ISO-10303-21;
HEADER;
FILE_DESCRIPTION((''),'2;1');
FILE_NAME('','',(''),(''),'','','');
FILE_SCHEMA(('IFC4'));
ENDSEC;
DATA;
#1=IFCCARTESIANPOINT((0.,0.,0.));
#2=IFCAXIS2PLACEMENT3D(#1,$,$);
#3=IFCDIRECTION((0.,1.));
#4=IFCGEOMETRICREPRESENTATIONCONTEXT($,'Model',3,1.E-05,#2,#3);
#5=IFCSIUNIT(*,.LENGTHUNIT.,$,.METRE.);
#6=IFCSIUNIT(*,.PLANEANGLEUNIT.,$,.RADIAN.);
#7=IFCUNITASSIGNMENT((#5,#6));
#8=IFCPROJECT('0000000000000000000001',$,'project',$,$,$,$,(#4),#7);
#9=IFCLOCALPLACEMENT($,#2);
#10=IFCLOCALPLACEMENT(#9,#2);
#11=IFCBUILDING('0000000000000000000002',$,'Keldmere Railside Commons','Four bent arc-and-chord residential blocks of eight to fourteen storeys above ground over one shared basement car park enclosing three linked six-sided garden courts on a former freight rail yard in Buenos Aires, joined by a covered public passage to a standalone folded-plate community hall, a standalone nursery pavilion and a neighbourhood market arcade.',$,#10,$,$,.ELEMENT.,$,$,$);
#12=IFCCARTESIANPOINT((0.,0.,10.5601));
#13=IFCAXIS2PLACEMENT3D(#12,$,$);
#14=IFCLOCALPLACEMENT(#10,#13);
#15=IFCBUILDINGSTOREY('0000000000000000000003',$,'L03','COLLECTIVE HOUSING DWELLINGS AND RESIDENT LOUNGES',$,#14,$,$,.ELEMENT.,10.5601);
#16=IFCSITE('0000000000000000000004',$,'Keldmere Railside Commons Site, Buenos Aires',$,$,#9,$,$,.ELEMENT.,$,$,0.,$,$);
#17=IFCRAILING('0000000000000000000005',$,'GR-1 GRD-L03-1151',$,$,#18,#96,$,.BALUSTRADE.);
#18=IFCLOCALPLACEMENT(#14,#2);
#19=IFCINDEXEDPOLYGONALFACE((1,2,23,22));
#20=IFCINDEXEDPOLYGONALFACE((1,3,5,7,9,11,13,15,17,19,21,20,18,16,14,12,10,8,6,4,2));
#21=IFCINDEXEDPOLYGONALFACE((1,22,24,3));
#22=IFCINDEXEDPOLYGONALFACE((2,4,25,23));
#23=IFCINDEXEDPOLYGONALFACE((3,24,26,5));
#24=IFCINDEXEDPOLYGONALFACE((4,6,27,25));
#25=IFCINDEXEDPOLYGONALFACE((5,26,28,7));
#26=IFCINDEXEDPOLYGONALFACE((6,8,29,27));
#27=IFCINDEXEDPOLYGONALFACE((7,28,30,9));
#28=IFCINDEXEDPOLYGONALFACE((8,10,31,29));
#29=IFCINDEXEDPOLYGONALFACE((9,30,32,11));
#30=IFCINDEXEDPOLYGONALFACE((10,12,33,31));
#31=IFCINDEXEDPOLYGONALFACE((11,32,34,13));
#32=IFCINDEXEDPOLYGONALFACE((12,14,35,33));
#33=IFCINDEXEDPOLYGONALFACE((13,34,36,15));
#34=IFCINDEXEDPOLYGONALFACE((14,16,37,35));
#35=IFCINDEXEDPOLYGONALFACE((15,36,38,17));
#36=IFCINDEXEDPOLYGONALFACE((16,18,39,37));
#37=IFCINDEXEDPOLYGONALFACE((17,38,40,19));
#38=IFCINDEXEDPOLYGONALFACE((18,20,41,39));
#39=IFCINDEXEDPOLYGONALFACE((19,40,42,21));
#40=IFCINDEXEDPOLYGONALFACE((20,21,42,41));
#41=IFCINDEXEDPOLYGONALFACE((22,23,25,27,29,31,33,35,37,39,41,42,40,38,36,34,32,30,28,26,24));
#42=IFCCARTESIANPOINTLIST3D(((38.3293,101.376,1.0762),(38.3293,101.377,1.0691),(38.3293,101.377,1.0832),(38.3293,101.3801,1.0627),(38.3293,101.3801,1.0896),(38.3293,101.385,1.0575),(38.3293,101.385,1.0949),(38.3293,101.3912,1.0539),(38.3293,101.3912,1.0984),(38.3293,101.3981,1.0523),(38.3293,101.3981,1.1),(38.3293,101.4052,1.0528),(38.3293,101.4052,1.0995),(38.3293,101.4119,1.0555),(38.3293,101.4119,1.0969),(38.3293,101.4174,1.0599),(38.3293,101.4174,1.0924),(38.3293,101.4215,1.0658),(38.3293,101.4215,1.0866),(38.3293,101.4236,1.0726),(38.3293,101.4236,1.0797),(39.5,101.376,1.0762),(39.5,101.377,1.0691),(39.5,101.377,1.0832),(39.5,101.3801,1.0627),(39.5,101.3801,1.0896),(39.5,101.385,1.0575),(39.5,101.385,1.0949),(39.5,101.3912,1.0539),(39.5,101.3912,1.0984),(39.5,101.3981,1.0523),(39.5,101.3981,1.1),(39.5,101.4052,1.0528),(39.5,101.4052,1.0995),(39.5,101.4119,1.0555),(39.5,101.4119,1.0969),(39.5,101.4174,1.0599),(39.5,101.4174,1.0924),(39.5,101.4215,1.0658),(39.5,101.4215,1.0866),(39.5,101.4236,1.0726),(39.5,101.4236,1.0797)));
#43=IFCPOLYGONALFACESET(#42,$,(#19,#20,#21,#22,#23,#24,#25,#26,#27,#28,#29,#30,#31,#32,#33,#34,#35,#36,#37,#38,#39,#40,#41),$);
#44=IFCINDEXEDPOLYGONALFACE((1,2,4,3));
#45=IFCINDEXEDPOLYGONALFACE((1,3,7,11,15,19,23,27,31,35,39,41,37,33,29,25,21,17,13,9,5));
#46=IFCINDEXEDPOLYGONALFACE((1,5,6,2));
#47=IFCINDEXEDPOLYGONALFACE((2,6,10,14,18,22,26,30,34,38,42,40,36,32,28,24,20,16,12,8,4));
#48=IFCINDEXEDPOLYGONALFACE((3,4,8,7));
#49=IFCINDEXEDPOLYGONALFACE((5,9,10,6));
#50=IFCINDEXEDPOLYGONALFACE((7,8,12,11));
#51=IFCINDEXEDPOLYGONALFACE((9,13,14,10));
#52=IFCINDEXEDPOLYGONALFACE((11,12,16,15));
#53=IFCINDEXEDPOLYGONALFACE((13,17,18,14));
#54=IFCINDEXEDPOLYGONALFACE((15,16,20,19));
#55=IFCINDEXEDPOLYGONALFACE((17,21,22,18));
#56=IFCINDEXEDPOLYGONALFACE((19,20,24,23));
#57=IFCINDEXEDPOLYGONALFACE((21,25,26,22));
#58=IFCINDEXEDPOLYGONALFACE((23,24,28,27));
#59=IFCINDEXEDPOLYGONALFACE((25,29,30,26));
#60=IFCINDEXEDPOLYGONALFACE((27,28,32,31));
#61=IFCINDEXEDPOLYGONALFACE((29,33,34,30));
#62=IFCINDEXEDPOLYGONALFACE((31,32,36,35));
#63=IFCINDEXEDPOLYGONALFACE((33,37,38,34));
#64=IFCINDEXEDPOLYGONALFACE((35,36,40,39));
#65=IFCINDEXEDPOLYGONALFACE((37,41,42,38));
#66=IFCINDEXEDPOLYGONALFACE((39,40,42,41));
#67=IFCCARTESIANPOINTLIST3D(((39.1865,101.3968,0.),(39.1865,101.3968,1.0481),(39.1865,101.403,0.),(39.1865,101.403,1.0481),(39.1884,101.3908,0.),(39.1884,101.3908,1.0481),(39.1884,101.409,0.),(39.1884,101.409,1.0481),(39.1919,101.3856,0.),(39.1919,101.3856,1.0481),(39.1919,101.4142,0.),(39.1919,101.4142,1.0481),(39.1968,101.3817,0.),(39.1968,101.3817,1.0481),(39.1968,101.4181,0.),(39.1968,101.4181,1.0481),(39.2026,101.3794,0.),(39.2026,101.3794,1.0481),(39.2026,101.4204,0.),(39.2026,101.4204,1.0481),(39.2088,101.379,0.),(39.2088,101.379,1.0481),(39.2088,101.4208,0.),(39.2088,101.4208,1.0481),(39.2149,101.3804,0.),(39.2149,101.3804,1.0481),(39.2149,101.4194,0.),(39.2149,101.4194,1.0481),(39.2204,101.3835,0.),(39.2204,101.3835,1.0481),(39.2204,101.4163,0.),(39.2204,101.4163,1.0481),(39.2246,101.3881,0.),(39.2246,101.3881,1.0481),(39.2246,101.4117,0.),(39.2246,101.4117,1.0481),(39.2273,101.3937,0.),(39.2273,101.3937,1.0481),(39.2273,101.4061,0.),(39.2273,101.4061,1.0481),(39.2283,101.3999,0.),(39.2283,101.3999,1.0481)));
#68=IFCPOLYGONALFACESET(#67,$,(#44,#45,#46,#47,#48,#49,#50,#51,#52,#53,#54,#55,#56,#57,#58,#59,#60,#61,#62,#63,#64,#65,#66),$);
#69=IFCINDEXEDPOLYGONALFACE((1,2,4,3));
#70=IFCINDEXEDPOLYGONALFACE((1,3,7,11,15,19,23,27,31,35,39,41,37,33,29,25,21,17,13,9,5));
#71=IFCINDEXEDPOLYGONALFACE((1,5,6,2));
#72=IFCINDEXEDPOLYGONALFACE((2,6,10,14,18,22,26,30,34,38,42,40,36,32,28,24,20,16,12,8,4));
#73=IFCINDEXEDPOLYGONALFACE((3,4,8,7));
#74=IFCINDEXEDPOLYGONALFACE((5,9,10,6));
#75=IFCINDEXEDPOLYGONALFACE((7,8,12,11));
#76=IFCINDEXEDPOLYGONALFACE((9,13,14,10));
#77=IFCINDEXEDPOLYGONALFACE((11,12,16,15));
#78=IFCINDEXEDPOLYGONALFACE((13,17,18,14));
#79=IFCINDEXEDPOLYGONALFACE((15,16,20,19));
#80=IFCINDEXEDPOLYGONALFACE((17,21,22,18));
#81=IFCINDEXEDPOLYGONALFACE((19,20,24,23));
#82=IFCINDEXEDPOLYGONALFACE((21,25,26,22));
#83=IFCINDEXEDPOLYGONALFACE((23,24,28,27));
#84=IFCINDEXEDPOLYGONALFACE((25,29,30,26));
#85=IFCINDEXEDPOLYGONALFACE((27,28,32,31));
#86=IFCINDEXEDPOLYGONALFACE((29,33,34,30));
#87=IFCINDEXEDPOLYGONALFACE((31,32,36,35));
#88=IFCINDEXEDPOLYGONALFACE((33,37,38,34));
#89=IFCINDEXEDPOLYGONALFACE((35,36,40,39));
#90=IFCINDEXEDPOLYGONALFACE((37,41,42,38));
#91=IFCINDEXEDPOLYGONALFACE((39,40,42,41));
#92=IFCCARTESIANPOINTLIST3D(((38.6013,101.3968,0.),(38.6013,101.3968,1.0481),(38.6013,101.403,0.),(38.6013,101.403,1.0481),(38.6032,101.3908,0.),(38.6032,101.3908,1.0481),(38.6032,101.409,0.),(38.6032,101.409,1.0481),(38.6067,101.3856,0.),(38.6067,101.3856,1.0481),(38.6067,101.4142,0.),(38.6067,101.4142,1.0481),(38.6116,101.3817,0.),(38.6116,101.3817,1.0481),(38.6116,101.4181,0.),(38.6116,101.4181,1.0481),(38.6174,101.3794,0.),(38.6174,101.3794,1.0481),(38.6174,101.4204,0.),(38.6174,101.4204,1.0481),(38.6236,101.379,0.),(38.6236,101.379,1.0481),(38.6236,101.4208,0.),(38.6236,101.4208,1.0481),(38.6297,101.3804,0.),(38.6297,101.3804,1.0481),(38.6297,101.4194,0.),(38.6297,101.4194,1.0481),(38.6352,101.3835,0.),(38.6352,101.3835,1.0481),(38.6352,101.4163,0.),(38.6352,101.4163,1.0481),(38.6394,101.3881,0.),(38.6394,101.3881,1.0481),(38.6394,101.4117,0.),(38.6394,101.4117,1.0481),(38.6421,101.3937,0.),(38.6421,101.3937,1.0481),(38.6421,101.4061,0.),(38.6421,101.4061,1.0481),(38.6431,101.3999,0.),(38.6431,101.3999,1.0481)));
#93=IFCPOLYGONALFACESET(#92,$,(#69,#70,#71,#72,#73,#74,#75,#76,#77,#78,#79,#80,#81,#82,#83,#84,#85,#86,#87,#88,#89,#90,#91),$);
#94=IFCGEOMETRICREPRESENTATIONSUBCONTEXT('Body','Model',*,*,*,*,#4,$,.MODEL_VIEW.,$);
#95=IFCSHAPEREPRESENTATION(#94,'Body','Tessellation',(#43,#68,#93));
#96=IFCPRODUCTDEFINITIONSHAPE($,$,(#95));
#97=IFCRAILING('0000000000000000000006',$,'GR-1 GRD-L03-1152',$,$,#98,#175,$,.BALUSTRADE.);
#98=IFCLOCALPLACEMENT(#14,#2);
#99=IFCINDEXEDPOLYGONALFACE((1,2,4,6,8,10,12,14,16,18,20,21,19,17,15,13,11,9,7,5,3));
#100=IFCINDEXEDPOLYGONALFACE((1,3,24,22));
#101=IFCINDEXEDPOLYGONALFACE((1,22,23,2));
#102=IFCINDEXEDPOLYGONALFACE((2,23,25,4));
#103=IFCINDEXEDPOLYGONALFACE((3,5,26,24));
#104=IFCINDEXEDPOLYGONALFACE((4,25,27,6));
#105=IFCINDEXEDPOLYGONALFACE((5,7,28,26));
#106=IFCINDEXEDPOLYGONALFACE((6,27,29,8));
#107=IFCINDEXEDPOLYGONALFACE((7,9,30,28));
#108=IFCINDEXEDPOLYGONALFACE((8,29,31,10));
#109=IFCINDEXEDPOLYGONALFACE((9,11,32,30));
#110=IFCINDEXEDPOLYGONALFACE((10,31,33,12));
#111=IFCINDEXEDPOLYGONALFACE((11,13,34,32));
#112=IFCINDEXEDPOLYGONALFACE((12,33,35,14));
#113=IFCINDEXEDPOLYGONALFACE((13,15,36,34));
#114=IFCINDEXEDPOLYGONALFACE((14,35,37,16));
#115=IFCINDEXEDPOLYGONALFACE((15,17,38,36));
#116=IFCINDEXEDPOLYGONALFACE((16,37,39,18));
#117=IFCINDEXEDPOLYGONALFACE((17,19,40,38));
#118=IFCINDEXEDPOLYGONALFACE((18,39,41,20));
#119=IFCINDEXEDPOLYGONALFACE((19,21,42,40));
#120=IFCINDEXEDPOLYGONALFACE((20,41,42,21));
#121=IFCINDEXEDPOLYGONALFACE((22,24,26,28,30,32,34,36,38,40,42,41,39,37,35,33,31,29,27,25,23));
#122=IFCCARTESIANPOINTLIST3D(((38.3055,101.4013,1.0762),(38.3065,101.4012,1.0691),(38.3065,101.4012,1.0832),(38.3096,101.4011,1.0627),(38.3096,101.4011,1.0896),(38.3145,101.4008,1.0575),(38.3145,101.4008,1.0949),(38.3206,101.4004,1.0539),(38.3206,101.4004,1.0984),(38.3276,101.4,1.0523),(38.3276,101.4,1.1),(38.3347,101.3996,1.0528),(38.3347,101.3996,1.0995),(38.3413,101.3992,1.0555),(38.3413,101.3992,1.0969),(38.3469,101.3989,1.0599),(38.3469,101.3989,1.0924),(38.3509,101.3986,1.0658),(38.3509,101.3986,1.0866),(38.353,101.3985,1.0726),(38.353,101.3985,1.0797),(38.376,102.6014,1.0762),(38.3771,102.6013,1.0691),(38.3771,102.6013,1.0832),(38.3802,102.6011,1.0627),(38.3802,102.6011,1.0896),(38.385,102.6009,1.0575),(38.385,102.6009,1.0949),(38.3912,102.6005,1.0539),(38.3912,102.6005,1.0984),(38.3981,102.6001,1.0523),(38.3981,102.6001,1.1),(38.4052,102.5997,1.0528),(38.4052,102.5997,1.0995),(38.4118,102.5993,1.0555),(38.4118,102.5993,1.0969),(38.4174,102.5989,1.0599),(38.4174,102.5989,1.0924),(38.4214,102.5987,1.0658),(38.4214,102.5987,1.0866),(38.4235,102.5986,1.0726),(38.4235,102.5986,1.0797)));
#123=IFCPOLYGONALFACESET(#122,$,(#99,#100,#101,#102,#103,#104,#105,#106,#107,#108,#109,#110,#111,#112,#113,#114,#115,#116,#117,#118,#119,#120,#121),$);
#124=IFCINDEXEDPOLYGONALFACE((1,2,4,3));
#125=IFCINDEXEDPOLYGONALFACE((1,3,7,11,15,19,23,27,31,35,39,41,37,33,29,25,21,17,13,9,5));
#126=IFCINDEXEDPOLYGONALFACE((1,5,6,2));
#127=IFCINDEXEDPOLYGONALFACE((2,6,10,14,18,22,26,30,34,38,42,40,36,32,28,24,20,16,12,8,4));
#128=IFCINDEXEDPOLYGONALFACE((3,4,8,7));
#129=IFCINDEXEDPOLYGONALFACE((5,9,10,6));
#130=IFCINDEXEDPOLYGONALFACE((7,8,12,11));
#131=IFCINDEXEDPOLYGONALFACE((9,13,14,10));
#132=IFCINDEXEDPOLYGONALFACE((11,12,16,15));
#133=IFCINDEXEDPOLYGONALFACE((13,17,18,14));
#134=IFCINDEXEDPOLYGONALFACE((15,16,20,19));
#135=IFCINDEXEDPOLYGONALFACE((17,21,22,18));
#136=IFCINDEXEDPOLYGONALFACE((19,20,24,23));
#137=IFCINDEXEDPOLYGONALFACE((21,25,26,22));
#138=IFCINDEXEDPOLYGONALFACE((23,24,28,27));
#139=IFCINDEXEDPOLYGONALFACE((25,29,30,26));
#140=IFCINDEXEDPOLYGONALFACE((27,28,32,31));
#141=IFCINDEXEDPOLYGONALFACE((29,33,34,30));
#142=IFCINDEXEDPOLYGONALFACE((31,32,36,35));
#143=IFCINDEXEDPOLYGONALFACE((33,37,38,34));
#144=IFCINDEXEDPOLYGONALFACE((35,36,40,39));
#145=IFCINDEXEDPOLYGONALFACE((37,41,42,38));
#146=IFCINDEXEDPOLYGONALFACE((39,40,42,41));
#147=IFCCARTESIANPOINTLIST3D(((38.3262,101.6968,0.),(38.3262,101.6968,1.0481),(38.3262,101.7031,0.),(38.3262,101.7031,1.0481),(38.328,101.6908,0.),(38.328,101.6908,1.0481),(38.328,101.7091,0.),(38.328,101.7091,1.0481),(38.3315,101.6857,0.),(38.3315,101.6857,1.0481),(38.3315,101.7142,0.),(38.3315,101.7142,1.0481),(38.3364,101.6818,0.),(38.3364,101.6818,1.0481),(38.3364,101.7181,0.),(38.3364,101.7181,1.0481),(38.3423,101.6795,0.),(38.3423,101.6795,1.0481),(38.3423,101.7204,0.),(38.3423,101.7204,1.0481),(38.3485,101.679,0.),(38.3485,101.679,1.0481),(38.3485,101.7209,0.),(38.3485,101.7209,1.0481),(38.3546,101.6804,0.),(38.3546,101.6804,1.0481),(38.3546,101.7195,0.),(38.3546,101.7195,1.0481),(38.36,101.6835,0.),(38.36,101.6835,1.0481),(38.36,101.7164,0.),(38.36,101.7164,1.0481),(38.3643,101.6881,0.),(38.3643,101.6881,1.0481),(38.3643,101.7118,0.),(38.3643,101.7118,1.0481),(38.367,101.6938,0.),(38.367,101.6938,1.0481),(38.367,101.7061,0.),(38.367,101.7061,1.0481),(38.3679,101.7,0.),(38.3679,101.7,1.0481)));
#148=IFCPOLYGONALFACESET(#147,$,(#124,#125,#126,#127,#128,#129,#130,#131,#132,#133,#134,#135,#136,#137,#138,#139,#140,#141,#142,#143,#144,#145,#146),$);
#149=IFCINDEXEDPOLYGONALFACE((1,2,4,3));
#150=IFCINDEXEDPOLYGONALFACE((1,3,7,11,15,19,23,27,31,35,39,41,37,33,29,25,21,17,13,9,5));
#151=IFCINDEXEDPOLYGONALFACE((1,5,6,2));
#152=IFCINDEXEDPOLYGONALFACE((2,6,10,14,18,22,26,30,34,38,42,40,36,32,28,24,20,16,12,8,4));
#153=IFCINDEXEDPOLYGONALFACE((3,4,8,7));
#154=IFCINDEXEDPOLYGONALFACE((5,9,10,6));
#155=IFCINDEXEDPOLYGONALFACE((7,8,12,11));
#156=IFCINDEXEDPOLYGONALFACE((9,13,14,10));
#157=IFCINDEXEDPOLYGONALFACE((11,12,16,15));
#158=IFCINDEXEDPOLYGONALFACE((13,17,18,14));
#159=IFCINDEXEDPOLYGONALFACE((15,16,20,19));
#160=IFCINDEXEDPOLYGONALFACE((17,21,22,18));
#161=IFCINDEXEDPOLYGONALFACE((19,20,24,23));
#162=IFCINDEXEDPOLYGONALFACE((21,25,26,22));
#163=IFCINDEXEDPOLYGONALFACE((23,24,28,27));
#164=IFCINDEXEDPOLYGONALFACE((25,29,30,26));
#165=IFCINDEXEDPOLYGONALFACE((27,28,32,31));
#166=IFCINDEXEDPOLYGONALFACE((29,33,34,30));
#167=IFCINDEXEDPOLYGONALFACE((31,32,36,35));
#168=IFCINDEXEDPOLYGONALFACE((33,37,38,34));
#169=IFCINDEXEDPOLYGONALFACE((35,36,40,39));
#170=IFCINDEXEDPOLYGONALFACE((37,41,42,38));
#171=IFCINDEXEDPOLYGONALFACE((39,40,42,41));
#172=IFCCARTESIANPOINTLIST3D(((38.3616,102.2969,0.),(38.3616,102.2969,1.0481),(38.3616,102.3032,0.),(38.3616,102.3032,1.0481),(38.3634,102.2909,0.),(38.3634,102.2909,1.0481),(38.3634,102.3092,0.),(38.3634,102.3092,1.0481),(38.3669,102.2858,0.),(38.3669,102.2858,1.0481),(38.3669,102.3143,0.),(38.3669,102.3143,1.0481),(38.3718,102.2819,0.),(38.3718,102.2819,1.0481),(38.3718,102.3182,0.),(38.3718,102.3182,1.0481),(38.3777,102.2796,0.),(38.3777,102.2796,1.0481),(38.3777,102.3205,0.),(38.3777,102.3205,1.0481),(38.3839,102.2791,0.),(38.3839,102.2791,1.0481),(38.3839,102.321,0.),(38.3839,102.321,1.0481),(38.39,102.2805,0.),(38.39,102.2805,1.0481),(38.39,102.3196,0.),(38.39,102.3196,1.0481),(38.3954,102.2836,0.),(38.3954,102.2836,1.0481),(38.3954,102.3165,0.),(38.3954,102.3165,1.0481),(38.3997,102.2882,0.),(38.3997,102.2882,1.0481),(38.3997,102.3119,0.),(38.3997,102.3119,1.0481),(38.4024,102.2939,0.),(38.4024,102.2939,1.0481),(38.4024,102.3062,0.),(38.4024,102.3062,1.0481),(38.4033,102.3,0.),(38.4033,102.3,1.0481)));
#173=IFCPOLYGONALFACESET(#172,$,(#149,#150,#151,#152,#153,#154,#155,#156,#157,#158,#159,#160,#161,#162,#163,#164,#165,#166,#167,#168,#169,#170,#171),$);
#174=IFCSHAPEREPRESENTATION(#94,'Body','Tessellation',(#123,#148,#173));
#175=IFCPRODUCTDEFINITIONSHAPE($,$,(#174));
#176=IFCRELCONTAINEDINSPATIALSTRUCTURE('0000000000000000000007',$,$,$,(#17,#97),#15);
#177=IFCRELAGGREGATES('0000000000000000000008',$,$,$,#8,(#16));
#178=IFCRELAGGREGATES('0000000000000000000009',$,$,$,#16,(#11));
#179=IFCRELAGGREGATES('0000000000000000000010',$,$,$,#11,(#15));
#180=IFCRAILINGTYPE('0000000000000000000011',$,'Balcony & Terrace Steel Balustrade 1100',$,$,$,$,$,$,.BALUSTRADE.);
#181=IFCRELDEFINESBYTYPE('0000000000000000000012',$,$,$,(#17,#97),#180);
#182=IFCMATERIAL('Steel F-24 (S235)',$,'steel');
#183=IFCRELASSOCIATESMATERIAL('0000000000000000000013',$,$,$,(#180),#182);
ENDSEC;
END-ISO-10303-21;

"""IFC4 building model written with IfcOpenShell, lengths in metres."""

from ifc_helpers import new_model, si_unit, direction, frame, origin, origin_2d, place, context, subcontext, project, spatial, circle, extrude, material, type_object, element, save


model = new_model("IFC4")

# Units and contexts
model_context = context("Model", 3, precision=1e-05, world=origin(), true_north=direction((0.0, 1.0)))
body_context = subcontext(model_context, "Body", "Model", "MODEL_VIEW")
ifc_project = project(units=[si_unit("LENGTHUNIT", "METRE"), si_unit("PLANEANGLEUNIT", "RADIAN")], contexts=[model_context])

# Site, building, storey
site_placement = place(None, origin())
site = spatial("IfcSite", under=ifc_project, at=site_placement, Name="Keldmere Railside Commons Site, Buenos Aires", CompositionType="ELEMENT", RefElevation=0.0)
building_placement = place(site_placement, origin())
building = spatial("IfcBuilding", under=site, at=building_placement, Name="Keldmere Railside Commons", Description="Four bent arc-and-chord residential blocks of eight to fourteen storeys above ground over one shared basement car park enclosing three linked six-sided garden courts on a former freight rail yard in Buenos Aires, joined by a covered public passage to a standalone folded-plate community hall, a standalone nursery pavilion and a neighbourhood market arcade.", CompositionType="ELEMENT")
storey_placement = place(building_placement, frame((0.0, 0.0, 10.5601)))
storey = spatial("IfcBuildingStorey", under=building, at=storey_placement, Name="L03", Description="COLLECTIVE HOUSING DWELLINGS AND RESIDENT LOUNGES", CompositionType="ELEMENT", Elevation=10.5601)

# Shared definitions
ifc_material_1 = material(Name="Steel F-24 (S235)", Category="steel")

# Railings
railing_type_1 = type_object("IfcRailingType", Name="Balcony & Terrace Steel Balustrade 1100", PredefinedType="BALUSTRADE", material=ifc_material_1)
railing_1_placement = place(storey_placement, frame((39.5, 101.3999, 0.0)))
element("IfcRailing", 1, at=railing_1_placement, inside=storey, type_object=railing_type_1, Name="GR-1 GRD-L03-1151", PredefinedType="BALUSTRADE", context=body_context, shape_type="SweptSolid", body=[
    extrude(circle(Radius=0.0239, at=origin_2d()), frame((0.0, 0.0, 1.0762), z_axis=(-1.0, 0.0, 0.0), x_axis=(0.0, -1.0, 0.0)), (0.0, 0.0, 1.0), 1.1707),
    extrude(circle(Radius=0.021, at=origin_2d()), frame((-0.2927, 0.0, 0.0)), (0.0, 0.0, 1.0), 1.0481),
    extrude(circle(Radius=0.021, at=origin_2d()), frame((-0.8779, 0.0, 0.0)), (0.0, 0.0, 1.0), 1.0481),
])
railing_2_placement = place(storey_placement, frame((38.3293, 101.3999, 0.0)))
element("IfcRailing", 2, at=railing_2_placement, inside=storey, type_object=railing_type_1, Name="GR-1 GRD-L03-1152", PredefinedType="BALUSTRADE", context=body_context, shape_type="SweptSolid", body=[
    extrude(circle(Radius=0.0239, at=origin_2d()), frame((0.0, 0.0, 1.0762), z_axis=(0.058686, 0.998276, 0.0), x_axis=(-0.998276, 0.058686, 0.0)), (0.0, 0.0, 1.0), 1.2021),
    extrude(circle(Radius=0.021, at=origin_2d()), frame((0.0176, 0.3, 0.0)), (0.0, 0.0, 1.0), 1.0481),
    extrude(circle(Radius=0.021, at=origin_2d()), frame((0.053, 0.9001, 0.0)), (0.0, 0.0, 1.0), 1.0481),
])

save(model, "model.ifc")
